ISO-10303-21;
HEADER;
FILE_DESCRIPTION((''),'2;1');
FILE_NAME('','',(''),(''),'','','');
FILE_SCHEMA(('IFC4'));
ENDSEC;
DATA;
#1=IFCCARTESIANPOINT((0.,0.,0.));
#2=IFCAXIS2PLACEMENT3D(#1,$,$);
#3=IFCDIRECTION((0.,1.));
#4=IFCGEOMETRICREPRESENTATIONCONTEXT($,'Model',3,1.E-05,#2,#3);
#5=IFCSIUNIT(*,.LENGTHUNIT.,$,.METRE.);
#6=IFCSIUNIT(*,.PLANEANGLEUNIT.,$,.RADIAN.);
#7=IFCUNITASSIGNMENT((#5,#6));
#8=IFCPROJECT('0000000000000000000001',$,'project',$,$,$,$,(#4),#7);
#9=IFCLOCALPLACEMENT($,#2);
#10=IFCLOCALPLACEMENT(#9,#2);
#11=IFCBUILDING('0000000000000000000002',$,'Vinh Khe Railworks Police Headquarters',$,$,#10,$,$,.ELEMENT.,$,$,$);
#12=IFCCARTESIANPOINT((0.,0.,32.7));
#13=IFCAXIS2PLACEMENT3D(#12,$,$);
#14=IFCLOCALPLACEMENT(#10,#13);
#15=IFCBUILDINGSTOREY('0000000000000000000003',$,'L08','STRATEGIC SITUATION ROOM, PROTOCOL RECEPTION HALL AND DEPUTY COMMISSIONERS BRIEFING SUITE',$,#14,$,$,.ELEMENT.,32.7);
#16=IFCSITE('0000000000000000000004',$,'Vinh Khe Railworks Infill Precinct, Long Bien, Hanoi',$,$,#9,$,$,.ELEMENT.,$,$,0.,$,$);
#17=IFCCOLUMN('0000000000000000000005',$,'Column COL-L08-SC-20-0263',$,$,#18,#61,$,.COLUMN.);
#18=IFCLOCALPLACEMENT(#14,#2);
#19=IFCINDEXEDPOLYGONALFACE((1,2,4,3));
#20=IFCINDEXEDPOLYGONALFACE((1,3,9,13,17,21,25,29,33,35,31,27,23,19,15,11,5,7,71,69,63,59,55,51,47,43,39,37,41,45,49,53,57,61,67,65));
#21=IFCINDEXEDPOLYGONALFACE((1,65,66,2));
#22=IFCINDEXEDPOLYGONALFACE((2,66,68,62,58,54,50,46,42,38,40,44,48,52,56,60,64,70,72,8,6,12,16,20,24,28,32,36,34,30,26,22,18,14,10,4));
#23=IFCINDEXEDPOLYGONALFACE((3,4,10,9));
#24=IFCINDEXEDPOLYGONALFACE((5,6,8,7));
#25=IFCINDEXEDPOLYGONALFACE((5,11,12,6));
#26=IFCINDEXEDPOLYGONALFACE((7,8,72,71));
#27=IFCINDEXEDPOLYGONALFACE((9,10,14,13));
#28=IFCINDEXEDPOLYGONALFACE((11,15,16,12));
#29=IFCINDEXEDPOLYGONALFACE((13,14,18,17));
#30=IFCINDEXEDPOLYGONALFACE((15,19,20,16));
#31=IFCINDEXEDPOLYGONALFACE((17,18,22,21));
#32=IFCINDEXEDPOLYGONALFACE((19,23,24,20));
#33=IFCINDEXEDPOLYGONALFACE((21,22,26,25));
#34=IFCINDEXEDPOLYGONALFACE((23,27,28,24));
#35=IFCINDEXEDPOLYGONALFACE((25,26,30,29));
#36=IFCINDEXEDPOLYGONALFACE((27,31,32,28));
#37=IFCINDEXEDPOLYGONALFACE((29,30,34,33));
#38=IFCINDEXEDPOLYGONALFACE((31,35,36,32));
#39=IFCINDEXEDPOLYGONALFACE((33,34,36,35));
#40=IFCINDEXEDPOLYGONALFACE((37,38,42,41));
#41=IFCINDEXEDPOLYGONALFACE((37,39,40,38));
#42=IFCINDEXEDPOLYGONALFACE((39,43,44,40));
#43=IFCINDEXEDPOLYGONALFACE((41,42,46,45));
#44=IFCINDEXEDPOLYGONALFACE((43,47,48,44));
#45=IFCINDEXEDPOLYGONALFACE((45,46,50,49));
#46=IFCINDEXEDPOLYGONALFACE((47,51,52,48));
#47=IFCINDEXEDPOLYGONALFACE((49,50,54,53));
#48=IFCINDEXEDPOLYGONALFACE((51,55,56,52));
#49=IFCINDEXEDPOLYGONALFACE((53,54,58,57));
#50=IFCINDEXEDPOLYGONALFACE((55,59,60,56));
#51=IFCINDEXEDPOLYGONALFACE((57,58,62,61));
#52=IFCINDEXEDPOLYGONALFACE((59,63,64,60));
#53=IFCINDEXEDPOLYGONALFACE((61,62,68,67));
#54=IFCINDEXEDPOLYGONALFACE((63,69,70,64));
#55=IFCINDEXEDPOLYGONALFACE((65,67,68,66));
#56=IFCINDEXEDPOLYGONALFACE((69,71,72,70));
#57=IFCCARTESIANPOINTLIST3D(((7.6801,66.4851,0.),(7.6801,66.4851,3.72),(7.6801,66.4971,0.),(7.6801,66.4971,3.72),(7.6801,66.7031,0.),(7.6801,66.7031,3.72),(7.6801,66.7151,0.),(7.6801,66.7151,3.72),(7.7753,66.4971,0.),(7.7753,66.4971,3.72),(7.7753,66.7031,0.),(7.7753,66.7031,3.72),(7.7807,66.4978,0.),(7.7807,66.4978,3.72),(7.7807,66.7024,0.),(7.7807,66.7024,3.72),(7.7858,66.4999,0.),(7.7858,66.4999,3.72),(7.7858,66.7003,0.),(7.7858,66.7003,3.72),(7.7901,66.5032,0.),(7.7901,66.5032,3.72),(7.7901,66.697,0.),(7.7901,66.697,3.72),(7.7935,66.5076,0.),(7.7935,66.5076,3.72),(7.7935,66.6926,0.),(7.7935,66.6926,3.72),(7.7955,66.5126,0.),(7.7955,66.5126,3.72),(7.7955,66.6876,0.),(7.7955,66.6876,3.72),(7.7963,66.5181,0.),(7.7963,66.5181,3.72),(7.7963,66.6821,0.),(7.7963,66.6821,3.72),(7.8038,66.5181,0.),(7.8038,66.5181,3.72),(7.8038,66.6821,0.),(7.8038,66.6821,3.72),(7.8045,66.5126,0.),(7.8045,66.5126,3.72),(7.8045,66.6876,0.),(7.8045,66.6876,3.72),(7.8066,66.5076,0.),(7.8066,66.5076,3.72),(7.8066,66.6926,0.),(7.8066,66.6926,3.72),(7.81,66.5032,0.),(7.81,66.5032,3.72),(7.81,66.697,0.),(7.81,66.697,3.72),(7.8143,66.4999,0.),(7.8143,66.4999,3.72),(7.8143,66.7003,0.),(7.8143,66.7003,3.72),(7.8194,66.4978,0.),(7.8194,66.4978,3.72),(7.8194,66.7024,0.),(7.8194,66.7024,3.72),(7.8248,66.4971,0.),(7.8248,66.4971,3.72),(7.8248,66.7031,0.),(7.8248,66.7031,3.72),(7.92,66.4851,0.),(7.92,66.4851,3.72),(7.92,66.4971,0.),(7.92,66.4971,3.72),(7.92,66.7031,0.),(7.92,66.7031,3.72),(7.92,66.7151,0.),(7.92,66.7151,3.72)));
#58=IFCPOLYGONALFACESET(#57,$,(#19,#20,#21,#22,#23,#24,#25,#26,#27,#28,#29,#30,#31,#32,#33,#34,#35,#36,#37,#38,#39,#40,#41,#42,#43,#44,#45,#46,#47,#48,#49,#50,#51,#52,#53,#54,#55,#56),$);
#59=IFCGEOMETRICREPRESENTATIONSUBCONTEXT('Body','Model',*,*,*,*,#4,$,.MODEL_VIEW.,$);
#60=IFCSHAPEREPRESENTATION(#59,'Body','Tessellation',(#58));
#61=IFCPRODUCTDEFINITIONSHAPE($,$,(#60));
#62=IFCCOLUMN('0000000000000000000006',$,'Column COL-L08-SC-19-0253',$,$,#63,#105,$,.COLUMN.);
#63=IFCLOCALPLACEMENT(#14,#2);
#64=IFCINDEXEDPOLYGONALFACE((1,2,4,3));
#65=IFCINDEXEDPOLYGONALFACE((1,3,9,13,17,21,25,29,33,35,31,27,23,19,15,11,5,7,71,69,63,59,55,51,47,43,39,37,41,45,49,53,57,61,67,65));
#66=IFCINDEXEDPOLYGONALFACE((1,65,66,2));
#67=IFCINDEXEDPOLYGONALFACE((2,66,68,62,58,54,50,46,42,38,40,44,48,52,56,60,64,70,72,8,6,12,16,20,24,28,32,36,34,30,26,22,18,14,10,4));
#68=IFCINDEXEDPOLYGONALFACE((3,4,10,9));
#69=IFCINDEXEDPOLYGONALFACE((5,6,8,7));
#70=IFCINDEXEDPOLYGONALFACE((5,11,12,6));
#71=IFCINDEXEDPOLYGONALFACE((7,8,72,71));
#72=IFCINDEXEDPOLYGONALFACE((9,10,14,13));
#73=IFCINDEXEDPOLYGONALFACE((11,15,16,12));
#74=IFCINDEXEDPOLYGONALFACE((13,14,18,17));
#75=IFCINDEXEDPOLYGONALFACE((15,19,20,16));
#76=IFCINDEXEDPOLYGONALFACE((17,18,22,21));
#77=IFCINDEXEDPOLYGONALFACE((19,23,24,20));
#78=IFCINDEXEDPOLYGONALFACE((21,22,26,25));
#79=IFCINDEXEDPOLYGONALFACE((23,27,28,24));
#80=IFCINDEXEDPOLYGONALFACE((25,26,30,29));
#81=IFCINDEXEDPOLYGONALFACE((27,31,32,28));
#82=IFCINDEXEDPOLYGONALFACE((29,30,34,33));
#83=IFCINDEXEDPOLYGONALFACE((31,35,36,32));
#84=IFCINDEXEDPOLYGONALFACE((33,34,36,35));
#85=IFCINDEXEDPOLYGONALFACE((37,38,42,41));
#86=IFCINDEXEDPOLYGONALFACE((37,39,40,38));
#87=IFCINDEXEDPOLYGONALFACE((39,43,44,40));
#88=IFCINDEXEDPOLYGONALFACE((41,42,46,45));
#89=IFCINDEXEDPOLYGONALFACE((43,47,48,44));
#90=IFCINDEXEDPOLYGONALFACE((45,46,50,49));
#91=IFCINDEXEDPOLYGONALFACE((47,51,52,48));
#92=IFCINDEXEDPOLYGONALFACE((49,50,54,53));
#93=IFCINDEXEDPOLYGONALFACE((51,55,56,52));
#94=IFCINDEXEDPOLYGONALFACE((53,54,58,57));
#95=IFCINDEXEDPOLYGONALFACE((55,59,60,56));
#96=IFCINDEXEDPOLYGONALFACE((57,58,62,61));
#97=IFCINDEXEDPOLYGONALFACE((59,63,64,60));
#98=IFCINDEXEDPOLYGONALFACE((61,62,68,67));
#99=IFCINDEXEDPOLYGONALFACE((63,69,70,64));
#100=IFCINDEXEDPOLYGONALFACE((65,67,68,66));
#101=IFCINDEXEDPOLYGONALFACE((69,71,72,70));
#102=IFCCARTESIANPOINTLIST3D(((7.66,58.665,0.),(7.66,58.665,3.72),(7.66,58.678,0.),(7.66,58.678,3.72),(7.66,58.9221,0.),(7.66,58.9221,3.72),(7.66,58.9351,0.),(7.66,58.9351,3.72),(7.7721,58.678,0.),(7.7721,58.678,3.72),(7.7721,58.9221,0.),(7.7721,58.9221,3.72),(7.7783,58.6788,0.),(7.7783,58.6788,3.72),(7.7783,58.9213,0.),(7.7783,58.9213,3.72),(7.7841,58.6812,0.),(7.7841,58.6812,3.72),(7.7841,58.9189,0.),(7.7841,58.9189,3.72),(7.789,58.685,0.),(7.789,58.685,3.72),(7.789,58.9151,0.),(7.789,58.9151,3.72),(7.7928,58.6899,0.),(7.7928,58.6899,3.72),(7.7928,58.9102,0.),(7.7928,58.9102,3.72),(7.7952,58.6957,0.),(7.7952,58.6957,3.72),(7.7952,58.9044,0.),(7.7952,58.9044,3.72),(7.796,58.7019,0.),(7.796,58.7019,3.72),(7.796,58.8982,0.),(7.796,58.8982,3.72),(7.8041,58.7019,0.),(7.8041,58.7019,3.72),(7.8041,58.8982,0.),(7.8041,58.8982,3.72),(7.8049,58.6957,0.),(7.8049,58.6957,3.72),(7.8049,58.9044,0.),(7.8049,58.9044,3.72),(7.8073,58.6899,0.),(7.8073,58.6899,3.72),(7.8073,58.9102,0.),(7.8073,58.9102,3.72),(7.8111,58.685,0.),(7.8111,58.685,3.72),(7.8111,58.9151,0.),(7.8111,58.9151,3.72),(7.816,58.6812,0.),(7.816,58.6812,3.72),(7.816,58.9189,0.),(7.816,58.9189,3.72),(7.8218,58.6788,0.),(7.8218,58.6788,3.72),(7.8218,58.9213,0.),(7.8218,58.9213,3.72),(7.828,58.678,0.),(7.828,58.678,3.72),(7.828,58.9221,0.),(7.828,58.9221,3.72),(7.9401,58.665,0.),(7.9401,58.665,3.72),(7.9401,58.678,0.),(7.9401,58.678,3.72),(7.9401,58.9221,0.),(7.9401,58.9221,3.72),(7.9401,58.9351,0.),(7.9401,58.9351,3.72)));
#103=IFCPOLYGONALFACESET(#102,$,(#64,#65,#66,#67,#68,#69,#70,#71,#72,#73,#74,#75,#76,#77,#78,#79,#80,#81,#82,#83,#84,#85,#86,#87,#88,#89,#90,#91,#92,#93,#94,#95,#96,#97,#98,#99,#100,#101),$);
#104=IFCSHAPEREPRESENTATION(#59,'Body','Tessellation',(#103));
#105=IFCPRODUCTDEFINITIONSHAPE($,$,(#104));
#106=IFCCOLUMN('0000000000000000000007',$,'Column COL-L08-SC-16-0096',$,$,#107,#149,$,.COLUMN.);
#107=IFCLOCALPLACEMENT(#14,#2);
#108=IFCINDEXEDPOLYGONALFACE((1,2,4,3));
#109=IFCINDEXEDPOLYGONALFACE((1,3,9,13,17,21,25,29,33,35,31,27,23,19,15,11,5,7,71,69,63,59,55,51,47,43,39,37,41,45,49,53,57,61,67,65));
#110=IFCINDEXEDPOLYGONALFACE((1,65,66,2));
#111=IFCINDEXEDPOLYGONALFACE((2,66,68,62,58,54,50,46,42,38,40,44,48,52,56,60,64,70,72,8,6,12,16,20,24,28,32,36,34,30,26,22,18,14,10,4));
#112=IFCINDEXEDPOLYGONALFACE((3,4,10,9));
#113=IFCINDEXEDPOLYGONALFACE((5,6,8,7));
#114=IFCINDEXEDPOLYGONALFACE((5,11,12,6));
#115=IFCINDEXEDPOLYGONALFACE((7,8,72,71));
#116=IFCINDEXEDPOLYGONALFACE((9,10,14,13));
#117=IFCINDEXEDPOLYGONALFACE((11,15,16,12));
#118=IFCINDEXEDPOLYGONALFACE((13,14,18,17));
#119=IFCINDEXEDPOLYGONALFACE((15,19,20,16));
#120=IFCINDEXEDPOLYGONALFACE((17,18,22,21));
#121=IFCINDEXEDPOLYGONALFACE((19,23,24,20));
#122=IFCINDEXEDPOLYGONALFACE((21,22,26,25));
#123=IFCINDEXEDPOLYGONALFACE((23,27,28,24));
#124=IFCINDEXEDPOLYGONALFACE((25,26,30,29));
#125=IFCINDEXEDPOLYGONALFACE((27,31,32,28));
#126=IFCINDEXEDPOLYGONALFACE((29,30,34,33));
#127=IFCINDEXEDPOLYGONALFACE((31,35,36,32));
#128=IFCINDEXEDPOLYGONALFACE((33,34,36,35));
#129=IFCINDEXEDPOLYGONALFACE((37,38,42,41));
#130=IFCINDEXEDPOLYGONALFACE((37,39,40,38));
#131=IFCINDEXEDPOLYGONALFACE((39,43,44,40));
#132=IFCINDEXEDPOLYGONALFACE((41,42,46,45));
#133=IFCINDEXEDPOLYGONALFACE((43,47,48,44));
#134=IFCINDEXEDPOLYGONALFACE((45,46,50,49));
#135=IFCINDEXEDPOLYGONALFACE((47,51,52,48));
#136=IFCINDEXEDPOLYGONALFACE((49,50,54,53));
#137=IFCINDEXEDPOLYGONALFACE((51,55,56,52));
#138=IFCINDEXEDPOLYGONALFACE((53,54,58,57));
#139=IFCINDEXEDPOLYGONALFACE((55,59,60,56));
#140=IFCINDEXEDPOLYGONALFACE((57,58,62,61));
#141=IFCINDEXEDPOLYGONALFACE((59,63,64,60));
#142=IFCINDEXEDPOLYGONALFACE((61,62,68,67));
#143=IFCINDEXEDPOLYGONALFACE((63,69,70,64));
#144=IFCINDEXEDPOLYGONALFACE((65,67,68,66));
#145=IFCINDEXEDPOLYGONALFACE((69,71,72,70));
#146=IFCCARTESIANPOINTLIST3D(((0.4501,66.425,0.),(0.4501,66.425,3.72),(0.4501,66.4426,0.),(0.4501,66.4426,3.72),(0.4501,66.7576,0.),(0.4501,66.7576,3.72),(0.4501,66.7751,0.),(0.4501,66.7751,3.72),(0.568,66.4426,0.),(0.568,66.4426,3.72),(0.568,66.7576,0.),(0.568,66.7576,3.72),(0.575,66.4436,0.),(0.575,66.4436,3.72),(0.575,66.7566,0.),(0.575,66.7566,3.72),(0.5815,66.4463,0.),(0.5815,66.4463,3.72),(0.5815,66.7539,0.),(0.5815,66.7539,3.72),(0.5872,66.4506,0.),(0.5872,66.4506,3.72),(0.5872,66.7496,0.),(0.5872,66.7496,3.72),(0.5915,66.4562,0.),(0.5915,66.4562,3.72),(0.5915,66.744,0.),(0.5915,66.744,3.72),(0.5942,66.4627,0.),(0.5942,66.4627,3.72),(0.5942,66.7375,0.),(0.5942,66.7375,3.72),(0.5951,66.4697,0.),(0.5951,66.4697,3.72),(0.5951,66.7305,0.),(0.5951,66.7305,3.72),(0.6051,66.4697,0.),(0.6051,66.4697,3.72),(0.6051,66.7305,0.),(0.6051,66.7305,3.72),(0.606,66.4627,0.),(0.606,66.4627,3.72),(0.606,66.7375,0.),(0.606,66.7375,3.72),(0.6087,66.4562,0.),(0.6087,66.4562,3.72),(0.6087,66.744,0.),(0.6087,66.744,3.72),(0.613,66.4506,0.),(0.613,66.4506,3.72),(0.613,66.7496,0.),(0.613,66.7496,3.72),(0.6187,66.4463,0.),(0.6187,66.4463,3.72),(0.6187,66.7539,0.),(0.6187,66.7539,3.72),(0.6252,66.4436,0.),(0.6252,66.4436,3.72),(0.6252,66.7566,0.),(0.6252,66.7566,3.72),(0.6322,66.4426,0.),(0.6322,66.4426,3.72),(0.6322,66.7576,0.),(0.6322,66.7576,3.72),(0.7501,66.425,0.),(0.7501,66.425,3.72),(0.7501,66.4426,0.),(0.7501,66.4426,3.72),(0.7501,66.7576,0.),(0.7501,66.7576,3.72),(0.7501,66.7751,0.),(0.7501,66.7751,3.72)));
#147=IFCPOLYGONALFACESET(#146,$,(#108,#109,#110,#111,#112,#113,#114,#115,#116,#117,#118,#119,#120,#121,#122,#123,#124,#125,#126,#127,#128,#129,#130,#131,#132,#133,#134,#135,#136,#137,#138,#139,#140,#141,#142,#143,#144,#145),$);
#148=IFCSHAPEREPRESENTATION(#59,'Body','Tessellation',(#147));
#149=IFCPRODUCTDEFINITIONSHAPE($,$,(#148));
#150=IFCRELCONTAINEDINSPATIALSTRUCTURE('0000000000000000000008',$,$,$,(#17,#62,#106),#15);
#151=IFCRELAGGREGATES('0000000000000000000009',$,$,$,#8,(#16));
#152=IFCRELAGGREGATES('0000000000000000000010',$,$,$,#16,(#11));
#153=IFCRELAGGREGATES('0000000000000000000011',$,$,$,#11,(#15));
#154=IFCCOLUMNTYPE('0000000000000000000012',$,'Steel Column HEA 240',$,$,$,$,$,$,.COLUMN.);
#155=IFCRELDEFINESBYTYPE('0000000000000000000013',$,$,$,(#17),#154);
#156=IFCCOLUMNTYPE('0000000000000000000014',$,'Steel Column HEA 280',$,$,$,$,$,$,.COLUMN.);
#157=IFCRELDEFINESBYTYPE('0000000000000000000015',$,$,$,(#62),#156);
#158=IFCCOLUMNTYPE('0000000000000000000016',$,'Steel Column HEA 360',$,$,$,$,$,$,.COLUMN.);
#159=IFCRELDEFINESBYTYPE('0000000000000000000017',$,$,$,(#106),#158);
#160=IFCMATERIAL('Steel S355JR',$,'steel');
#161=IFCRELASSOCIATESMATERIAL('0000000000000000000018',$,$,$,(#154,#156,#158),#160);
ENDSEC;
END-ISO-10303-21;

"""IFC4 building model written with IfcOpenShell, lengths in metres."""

from ifc_helpers import new_model, si_unit, direction, frame, origin, origin_2d, place, context, subcontext, project, spatial, i_section, extrude, material, material_profile, profile_set, type_object, element, save


model = new_model("IFC4")

# Units and contexts
model_context = context("Model", 3, precision=1e-05, world=origin(), true_north=direction((0.0, 1.0)))
body_context = subcontext(model_context, "Body", "Model", "MODEL_VIEW")
ifc_project = project(units=[si_unit("LENGTHUNIT", "METRE"), si_unit("PLANEANGLEUNIT", "RADIAN")], contexts=[model_context])

# Site, building, storey
site_placement = place(None, origin())
site = spatial("IfcSite", under=ifc_project, at=site_placement, Name="Vinh Khe Railworks Infill Precinct, Long Bien, Hanoi", CompositionType="ELEMENT", RefElevation=0.0)
building_placement = place(site_placement, origin())
building = spatial("IfcBuilding", under=site, at=building_placement, Name="Vinh Khe Railworks Police Headquarters", CompositionType="ELEMENT")
storey_placement = place(building_placement, frame((0.0, 0.0, 32.7)))
storey = spatial("IfcBuildingStorey", under=building, at=storey_placement, Name="L08", Description="STRATEGIC SITUATION ROOM, PROTOCOL RECEPTION HALL AND DEPUTY COMMISSIONERS BRIEFING SUITE", CompositionType="ELEMENT", Elevation=32.7)

# Columns
ifc_material_1 = material(Name="Steel S355JR", Category="steel")
ifc_material_profile_1 = material_profile(ifc_material_1, i_section(OverallWidth=0.24, OverallDepth=0.23, WebThickness=0.0076, FlangeThickness=0.012, FilletRadius=0.021, at=origin_2d()), Name="HEA 240")
ifc_profile_set_1 = profile_set([ifc_material_profile_1], Name="Steel S355JR")
column_type_1 = type_object("IfcColumnType", Name="Steel Column HEA 240", PredefinedType="COLUMN", material=ifc_profile_set_1)
column_1_placement = place(storey_placement, frame((7.8, 66.6001, 0.0), z_axis=(0.0, 0.0, 1.0), x_axis=(1.0, 0.0, 0.0)))
element("IfcColumn", 1, at=column_1_placement, inside=storey, type_object=column_type_1, Name="Column COL-L08-SC-20-0263", PredefinedType="COLUMN", context=body_context, shape_type="SweptSolid", body=[
    extrude(i_section(OverallWidth=0.24, OverallDepth=0.23, WebThickness=0.0076, FlangeThickness=0.012, FilletRadius=0.021, at=origin_2d()), origin(), (0.0, 0.0, 1.0), 3.72),
])
ifc_material_profile_2 = material_profile(ifc_material_1, i_section(OverallWidth=0.28, OverallDepth=0.27, WebThickness=0.0081, FlangeThickness=0.0129, FilletRadius=0.0239, at=origin_2d()), Name="HEA 280")
ifc_profile_set_2 = profile_set([ifc_material_profile_2], Name="Steel S355JR")
column_type_2 = type_object("IfcColumnType", Name="Steel Column HEA 280", PredefinedType="COLUMN", material=ifc_profile_set_2)
column_2_placement = place(storey_placement, frame((7.8, 58.8, 0.0), z_axis=(0.0, 0.0, 1.0), x_axis=(1.0, 0.0, 0.0)))
element("IfcColumn", 2, at=column_2_placement, inside=storey, type_object=column_type_2, Name="Column COL-L08-SC-19-0253", PredefinedType="COLUMN", context=body_context, shape_type="SweptSolid", body=[
    extrude(i_section(OverallWidth=0.28, OverallDepth=0.27, WebThickness=0.0081, FlangeThickness=0.0129, FilletRadius=0.0239, at=origin_2d()), origin(), (0.0, 0.0, 1.0), 3.72),
])
ifc_material_profile_3 = material_profile(ifc_material_1, i_section(OverallWidth=0.3, OverallDepth=0.3501, WebThickness=0.01, FlangeThickness=0.0176, FilletRadius=0.0271, at=origin_2d()), Name="HEA 360")
ifc_profile_set_3 = profile_set([ifc_material_profile_3], Name="Steel S355JR")
column_type_3 = type_object("IfcColumnType", Name="Steel Column HEA 360", PredefinedType="COLUMN", material=ifc_profile_set_3)
column_3_placement = place(storey_placement, frame((0.6001, 66.6001, 0.0), z_axis=(0.0, 0.0, 1.0), x_axis=(1.0, 0.0, 0.0)))
element("IfcColumn", 3, at=column_3_placement, inside=storey, type_object=column_type_3, Name="Column COL-L08-SC-16-0096", PredefinedType="COLUMN", context=body_context, shape_type="SweptSolid", body=[
    extrude(i_section(OverallWidth=0.3, OverallDepth=0.3501, WebThickness=0.01, FlangeThickness=0.0176, FilletRadius=0.0271, at=origin_2d()), origin(), (0.0, 0.0, 1.0), 3.72),
])

save(model, "model.ifc")
